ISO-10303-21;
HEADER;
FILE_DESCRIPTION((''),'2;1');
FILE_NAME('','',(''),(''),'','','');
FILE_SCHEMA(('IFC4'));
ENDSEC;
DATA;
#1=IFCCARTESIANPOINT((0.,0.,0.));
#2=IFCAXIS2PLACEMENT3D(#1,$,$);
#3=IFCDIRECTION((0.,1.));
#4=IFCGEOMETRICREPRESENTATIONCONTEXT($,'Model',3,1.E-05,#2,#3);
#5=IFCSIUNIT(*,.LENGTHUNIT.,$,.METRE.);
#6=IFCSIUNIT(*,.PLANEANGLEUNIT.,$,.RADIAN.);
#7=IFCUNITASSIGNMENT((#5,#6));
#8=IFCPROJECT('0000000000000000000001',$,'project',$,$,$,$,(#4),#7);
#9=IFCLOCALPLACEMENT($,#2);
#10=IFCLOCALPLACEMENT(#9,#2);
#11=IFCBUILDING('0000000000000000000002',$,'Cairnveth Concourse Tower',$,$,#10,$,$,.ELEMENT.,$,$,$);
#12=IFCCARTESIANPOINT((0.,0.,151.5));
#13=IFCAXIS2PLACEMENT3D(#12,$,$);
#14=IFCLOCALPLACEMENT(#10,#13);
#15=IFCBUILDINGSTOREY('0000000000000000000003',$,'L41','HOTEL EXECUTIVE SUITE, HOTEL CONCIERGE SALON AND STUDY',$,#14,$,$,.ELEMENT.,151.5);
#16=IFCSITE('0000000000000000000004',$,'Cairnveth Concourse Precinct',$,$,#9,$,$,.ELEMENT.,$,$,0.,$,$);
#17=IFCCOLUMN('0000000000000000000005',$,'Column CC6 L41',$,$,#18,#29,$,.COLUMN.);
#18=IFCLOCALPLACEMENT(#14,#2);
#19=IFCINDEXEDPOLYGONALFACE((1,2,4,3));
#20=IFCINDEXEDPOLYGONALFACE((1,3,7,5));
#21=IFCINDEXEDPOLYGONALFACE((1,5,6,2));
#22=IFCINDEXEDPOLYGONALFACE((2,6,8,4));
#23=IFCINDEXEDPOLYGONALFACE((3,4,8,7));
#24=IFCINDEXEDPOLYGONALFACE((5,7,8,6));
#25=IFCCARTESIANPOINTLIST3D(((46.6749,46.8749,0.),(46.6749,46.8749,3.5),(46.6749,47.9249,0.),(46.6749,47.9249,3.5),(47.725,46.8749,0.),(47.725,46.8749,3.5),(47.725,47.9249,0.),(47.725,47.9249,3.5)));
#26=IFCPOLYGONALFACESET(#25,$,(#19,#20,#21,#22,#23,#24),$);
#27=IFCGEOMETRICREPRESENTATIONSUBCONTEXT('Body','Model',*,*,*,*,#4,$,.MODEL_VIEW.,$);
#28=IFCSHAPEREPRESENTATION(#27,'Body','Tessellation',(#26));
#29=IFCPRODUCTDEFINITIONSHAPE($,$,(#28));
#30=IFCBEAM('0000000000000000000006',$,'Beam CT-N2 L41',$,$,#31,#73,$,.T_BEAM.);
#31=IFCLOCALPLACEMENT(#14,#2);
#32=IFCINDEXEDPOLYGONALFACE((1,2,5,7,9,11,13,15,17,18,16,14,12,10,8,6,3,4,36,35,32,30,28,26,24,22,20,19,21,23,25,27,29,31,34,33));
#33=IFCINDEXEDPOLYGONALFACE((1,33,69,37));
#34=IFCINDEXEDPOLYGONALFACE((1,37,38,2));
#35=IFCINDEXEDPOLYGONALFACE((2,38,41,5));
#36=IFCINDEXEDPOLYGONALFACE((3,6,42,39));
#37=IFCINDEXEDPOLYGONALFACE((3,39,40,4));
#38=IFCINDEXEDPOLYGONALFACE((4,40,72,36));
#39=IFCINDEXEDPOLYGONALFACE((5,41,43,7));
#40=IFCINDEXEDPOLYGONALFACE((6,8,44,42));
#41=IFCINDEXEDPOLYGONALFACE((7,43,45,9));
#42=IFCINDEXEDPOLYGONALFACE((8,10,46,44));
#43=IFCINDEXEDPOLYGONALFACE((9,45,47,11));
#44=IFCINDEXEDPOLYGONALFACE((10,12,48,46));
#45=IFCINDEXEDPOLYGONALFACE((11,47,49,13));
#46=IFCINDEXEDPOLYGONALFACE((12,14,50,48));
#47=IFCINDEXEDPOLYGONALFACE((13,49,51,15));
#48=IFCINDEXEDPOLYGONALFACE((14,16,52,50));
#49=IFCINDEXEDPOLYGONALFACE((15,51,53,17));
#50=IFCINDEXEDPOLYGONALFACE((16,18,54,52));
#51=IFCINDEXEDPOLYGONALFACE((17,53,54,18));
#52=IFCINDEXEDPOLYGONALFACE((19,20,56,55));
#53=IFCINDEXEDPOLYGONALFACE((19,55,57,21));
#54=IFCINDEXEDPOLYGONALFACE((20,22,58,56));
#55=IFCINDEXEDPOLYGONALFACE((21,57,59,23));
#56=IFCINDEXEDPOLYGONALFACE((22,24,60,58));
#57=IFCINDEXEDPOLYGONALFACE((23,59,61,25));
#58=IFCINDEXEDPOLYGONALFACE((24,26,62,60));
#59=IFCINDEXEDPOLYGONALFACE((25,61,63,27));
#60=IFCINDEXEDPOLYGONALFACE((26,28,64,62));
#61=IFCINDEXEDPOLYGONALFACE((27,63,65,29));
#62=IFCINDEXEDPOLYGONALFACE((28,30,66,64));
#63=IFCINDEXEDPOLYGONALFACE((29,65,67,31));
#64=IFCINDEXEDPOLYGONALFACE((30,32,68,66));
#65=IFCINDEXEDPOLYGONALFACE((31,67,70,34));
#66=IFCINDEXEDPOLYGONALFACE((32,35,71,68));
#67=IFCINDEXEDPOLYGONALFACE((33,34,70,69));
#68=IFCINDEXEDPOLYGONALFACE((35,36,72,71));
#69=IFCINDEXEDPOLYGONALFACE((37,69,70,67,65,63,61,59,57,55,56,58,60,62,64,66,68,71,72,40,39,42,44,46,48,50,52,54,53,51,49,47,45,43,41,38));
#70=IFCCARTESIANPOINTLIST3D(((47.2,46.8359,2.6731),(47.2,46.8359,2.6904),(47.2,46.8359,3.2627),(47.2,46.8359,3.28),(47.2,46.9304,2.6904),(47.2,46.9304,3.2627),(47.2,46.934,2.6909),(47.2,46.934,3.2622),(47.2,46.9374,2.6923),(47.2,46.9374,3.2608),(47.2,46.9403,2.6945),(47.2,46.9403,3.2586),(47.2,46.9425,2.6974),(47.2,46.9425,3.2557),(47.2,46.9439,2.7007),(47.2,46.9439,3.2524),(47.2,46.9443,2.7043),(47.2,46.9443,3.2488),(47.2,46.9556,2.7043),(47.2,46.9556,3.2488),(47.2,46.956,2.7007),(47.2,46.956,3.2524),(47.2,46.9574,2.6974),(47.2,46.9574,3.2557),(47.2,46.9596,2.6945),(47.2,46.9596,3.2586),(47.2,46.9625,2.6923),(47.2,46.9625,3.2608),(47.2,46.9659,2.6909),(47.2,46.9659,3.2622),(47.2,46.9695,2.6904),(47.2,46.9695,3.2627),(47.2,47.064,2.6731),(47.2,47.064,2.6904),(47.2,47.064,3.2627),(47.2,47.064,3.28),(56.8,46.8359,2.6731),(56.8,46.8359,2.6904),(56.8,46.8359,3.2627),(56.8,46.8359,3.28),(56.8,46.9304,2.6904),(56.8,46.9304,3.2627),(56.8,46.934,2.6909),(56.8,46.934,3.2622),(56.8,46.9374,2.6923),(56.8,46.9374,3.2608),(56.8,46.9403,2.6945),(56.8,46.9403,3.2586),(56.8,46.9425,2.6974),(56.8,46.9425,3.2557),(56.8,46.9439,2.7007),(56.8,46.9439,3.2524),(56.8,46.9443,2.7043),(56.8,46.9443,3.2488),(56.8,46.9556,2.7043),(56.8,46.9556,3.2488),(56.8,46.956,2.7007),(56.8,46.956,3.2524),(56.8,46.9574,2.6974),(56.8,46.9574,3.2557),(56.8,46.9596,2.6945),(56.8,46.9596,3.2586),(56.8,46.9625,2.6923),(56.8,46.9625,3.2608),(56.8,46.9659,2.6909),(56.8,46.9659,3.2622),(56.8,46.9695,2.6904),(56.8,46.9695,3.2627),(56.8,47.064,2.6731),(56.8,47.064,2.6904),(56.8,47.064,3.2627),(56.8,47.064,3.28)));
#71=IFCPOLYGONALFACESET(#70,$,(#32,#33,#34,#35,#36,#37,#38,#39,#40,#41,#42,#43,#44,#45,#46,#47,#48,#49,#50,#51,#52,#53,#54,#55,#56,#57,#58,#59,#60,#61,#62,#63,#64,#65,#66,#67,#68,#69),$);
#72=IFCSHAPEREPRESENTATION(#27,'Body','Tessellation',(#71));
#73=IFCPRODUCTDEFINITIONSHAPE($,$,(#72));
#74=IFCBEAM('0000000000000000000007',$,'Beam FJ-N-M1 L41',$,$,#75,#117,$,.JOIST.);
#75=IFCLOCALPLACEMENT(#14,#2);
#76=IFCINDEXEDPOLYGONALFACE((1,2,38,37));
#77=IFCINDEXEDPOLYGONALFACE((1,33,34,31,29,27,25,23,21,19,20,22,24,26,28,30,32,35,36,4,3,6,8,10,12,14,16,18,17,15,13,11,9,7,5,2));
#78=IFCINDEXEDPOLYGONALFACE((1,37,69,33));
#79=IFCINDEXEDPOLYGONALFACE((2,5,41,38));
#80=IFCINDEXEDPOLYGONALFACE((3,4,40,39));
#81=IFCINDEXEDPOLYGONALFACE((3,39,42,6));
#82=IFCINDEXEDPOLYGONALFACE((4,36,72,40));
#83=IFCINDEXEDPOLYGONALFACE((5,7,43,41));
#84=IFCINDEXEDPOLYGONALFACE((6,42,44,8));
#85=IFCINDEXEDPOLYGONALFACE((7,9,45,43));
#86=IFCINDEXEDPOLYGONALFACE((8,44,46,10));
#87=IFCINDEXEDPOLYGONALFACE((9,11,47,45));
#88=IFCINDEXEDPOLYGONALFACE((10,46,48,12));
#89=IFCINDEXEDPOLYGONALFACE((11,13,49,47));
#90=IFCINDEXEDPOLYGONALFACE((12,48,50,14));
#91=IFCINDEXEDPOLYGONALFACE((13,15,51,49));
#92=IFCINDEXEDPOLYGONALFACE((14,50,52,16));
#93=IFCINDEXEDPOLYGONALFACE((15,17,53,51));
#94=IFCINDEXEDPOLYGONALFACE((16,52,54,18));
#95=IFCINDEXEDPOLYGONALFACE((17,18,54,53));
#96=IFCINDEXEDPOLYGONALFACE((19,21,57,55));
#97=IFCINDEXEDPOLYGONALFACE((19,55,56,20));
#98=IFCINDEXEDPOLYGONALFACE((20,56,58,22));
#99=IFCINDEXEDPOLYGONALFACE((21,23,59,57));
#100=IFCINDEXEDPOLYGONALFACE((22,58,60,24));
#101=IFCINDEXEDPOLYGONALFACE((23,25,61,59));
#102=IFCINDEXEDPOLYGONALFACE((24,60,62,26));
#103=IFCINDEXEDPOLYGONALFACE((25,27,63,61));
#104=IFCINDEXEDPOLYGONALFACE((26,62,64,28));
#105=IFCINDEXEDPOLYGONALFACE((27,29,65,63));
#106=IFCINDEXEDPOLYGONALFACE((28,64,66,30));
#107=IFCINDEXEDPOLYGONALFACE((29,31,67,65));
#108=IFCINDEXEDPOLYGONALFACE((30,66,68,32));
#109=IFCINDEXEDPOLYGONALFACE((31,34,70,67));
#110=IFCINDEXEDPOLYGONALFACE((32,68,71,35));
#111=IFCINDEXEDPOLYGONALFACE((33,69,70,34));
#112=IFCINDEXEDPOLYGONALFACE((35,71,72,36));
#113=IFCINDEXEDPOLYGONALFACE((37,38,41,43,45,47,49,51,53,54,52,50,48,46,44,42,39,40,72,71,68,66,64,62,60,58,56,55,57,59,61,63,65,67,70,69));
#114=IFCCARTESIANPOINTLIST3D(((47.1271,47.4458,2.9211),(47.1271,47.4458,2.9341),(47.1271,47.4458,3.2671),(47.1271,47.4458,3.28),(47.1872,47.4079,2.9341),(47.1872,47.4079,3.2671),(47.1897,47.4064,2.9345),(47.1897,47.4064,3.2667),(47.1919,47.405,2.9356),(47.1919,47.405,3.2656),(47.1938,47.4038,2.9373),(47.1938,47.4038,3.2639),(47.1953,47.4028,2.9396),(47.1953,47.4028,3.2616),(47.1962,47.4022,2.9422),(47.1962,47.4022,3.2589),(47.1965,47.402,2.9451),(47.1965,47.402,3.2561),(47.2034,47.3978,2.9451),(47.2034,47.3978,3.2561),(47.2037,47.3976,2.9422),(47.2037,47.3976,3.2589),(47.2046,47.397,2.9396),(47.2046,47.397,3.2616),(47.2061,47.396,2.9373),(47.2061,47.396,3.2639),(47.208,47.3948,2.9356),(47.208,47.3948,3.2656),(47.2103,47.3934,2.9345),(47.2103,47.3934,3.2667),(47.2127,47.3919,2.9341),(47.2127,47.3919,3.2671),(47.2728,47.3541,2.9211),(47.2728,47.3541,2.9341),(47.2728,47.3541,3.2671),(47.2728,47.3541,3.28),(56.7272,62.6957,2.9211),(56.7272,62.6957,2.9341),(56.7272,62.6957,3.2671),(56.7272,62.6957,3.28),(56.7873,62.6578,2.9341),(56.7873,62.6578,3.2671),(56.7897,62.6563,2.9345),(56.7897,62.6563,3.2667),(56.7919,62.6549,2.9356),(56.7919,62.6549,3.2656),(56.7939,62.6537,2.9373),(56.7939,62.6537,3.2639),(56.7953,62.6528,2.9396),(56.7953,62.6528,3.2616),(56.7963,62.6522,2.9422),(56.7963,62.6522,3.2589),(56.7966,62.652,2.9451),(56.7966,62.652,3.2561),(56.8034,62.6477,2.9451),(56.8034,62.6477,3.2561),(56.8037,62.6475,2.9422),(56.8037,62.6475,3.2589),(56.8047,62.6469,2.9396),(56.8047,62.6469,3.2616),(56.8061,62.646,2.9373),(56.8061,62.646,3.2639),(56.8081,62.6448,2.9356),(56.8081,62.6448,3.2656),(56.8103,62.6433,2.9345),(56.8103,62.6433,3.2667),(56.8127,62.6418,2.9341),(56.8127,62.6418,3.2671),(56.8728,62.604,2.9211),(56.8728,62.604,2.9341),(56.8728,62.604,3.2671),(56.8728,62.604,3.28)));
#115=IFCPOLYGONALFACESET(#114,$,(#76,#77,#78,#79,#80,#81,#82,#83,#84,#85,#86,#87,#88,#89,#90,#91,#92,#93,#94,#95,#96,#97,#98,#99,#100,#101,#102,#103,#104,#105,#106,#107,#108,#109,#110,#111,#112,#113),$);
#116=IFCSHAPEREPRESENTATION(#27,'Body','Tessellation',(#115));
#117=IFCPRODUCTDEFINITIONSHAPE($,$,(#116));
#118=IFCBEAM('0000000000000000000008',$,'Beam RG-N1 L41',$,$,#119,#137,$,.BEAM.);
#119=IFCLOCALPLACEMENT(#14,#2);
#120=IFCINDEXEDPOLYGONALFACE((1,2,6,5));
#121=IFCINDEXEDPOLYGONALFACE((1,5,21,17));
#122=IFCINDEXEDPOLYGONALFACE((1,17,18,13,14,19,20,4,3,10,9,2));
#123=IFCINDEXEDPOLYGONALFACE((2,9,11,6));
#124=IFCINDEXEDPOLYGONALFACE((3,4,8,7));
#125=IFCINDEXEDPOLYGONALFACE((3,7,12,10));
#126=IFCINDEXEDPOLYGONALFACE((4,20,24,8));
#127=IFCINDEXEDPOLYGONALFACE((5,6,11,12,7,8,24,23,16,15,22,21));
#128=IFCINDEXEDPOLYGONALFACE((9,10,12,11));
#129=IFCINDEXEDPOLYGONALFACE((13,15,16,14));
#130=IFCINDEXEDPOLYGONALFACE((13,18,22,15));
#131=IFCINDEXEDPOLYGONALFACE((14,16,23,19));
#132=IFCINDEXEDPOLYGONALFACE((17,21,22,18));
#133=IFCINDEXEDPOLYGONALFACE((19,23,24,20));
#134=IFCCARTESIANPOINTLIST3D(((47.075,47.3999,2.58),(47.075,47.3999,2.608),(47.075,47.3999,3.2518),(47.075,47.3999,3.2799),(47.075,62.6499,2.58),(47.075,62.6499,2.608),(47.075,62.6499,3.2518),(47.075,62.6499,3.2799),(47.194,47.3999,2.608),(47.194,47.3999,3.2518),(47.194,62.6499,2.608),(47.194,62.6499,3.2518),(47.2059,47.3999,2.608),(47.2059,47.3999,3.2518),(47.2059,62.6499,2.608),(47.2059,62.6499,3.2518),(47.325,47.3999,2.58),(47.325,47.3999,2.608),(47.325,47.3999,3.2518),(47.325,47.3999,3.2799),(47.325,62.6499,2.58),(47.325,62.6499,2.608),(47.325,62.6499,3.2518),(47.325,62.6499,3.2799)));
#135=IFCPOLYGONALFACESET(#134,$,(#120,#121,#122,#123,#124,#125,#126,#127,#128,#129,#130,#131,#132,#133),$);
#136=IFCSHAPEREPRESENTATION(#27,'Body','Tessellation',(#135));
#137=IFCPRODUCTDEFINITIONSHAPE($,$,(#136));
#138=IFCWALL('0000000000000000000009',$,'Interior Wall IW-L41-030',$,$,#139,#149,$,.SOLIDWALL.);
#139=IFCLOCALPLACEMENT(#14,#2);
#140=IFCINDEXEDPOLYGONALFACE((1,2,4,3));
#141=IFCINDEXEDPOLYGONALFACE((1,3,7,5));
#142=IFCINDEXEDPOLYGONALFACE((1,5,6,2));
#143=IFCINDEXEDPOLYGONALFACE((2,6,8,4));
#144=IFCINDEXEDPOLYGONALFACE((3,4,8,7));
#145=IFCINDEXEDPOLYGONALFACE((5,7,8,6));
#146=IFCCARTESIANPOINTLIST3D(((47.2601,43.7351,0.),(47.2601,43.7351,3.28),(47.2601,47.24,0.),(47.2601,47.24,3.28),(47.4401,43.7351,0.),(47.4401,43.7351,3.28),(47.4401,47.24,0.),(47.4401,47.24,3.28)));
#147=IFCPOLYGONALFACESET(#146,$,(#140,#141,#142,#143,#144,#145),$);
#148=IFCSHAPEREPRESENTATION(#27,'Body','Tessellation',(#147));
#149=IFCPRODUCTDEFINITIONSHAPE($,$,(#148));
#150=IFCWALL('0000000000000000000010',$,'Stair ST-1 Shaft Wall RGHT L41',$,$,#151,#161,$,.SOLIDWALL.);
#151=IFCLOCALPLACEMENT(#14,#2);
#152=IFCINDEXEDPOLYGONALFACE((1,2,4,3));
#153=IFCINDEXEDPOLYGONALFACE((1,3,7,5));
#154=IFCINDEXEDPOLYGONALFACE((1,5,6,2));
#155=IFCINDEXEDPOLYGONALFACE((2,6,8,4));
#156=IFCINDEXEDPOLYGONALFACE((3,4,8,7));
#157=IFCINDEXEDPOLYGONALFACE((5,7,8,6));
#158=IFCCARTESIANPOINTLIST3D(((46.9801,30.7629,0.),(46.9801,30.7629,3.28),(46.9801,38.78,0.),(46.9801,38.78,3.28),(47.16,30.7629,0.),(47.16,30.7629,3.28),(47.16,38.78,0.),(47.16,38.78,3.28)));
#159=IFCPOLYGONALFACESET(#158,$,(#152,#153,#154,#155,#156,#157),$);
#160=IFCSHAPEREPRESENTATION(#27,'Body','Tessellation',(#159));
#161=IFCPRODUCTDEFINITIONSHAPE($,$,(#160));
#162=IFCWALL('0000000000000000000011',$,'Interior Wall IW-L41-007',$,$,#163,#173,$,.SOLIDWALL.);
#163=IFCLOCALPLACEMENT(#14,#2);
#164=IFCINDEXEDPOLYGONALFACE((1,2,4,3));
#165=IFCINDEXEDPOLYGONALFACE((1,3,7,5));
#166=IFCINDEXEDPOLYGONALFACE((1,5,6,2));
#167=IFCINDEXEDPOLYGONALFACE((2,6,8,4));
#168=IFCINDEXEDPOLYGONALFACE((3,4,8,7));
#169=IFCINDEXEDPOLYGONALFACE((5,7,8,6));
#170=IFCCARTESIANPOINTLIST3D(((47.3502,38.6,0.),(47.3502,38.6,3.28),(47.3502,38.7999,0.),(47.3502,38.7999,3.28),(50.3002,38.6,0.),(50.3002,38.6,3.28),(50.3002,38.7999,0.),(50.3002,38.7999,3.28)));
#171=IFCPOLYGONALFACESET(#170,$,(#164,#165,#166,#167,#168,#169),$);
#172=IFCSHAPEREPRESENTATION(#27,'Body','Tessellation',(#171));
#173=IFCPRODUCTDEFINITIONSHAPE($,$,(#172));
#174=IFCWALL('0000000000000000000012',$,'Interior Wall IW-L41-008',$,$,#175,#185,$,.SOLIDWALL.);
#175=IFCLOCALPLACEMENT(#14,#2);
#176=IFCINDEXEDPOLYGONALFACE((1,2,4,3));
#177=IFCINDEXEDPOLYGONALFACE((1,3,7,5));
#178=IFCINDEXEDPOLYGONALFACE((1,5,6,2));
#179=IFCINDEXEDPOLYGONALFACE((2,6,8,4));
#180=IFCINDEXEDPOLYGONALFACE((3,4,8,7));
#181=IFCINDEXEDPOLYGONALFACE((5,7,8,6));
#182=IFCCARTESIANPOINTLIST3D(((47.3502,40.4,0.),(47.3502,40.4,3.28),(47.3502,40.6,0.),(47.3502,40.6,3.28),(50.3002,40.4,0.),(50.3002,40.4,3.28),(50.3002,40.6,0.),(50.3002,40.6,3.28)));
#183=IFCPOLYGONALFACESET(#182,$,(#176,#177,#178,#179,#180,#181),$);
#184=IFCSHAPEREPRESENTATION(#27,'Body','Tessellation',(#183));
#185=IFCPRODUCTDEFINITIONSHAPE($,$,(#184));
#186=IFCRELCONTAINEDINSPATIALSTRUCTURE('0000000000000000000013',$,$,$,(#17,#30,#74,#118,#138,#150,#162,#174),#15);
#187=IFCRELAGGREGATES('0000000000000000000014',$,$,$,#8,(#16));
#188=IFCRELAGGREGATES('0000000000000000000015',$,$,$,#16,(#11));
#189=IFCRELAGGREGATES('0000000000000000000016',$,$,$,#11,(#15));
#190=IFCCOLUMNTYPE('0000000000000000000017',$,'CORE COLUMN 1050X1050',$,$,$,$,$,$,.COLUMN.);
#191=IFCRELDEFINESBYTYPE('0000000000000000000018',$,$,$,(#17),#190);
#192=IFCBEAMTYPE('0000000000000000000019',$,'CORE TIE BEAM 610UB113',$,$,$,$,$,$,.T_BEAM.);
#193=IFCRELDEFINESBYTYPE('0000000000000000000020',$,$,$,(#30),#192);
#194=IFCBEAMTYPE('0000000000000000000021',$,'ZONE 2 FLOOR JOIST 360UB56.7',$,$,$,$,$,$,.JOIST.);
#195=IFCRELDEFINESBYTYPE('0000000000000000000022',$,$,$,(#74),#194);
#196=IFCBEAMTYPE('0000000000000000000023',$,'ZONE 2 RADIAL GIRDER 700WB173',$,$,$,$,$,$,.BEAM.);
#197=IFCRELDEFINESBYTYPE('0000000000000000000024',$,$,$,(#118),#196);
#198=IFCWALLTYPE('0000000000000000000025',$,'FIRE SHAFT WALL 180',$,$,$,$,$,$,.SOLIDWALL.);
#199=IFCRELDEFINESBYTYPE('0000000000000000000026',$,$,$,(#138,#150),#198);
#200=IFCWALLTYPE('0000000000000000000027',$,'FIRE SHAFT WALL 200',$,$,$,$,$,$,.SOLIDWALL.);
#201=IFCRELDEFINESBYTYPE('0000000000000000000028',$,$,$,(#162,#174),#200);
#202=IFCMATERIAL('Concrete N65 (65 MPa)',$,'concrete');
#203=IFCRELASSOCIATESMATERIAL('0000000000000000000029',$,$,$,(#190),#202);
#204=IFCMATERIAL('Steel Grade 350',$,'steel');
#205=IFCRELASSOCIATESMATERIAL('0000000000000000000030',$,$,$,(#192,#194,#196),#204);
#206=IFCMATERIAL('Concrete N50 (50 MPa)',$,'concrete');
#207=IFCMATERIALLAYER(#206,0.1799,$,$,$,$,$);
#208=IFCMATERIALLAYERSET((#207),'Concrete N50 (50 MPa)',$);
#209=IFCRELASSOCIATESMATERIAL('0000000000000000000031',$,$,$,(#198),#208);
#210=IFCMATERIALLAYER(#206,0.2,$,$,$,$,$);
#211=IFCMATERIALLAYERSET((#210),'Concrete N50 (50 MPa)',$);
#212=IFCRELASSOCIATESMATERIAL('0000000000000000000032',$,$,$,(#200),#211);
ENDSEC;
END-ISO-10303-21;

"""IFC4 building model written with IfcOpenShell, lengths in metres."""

from ifc_helpers import new_model, si_unit, direction, frame, frame_2d, origin, origin_2d, place, context, subcontext, project, spatial, rectangle, i_section, extrude, material, layer, layer_set, material_profile, profile_set, type_object, element, save


model = new_model("IFC4")

# Units and contexts
model_context = context("Model", 3, precision=1e-05, world=origin(), true_north=direction((0.0, 1.0)))
body_context = subcontext(model_context, "Body", "Model", "MODEL_VIEW")
ifc_project = project(units=[si_unit("LENGTHUNIT", "METRE"), si_unit("PLANEANGLEUNIT", "RADIAN")], contexts=[model_context])

# Site, building, storey
site_placement = place(None, origin())
site = spatial("IfcSite", under=ifc_project, at=site_placement, Name="Cairnveth Concourse Precinct", CompositionType="ELEMENT", RefElevation=0.0)
building_placement = place(site_placement, origin())
building = spatial("IfcBuilding", under=site, at=building_placement, Name="Cairnveth Concourse Tower", CompositionType="ELEMENT")
storey_placement = place(building_placement, frame((0.0, 0.0, 151.5)))
storey = spatial("IfcBuildingStorey", under=building, at=storey_placement, Name="L41", Description="HOTEL EXECUTIVE SUITE, HOTEL CONCIERGE SALON AND STUDY", CompositionType="ELEMENT", Elevation=151.5)

# Column
ifc_material_1 = material(Name="Concrete N65 (65 MPa)", Category="concrete")
ifc_material_profile_1 = material_profile(ifc_material_1, rectangle(XDim=1.05, YDim=1.05, at=origin_2d()), Name="RC-COL-1050x1050")
ifc_profile_set_1 = profile_set([ifc_material_profile_1], Name="Concrete N65 (65 MPa)")
column_type = type_object("IfcColumnType", Name="CORE COLUMN 1050X1050", PredefinedType="COLUMN", material=ifc_profile_set_1)
column_placement = place(storey_placement, frame((47.2, 47.3999, 0.0), z_axis=(0.0, 0.0, 1.0), x_axis=(1.0, 0.0, 0.0)))
element("IfcColumn", 1, at=column_placement, inside=storey, type_object=column_type, Name="Column CC6 L41", PredefinedType="COLUMN", context=body_context, shape_type="SweptSolid", body=[
    extrude(rectangle(XDim=1.05, YDim=1.05, at=origin_2d()), origin(), (0.0, 0.0, 1.0), 3.5),
])

# Beams
ifc_material_2 = material(Name="Steel Grade 350", Category="steel")
ifc_material_profile_2 = material_profile(ifc_material_2, i_section(OverallWidth=0.228, OverallDepth=0.6069, WebThickness=0.0112, FlangeThickness=0.0173, FilletRadius=0.0139, at=origin_2d()), Name="610UB113")
ifc_profile_set_2 = profile_set([ifc_material_profile_2], Name="Steel Grade 350")
beam_type_1 = type_object("IfcBeamType", Name="CORE TIE BEAM 610UB113", PredefinedType="T_BEAM", material=ifc_profile_set_2)
beam_1_placement = place(storey_placement, frame((47.2, 46.95, 2.9766), z_axis=(1.0, 0.0, 0.0), x_axis=(0.0, 1.0, 0.0)))
element("IfcBeam", 2, at=beam_1_placement, inside=storey, type_object=beam_type_1, Name="Beam CT-N2 L41", PredefinedType="T_BEAM", context=body_context, shape_type="SweptSolid", body=[
    extrude(i_section(OverallWidth=0.228, OverallDepth=0.6069, WebThickness=0.0112, FlangeThickness=0.0173, FilletRadius=0.0139, at=origin_2d()), origin(), (0.0, 0.0, 1.0), 9.6001),
])
ifc_material_profile_3 = material_profile(ifc_material_2, i_section(OverallWidth=0.1721, OverallDepth=0.3589, WebThickness=0.0081, FlangeThickness=0.0129, FilletRadius=0.011, at=origin_2d()), Name="360UB56.7")
ifc_profile_set_3 = profile_set([ifc_material_profile_3], Name="Steel Grade 350")
beam_type_2 = type_object("IfcBeamType", Name="ZONE 2 FLOOR JOIST 360UB56.7", PredefinedType="JOIST", material=ifc_profile_set_3)
beam_2_placement = place(storey_placement, frame((47.2, 47.3999, 3.1006), z_axis=(0.532744, 0.846277, 0.0), x_axis=(-0.846277, 0.532744, 0.0)))
element("IfcBeam", 3, at=beam_2_placement, inside=storey, type_object=beam_type_2, Name="Beam FJ-N-M1 L41", PredefinedType="JOIST", context=body_context, shape_type="SweptSolid", body=[
    extrude(i_section(OverallWidth=0.1721, OverallDepth=0.3589, WebThickness=0.0081, FlangeThickness=0.0129, FilletRadius=0.011, at=origin_2d()), origin(), (0.0, 0.0, 1.0), 18.02),
])
ifc_material_profile_4 = material_profile(ifc_material_2, i_section(OverallWidth=0.25, OverallDepth=0.7, WebThickness=0.012, FlangeThickness=0.0281, at=origin_2d()), Name="700WB173")
ifc_profile_set_4 = profile_set([ifc_material_profile_4], Name="Steel Grade 350")
beam_type_3 = type_object("IfcBeamType", Name="ZONE 2 RADIAL GIRDER 700WB173", PredefinedType="BEAM", material=ifc_profile_set_4)
beam_3_placement = place(storey_placement, frame((47.2, 47.3999, 2.9299), z_axis=(0.0, 1.0, 0.0), x_axis=(-1.0, 0.0, 0.0)))
element("IfcBeam", 4, at=beam_3_placement, inside=storey, type_object=beam_type_3, Name="Beam RG-N1 L41", PredefinedType="BEAM", context=body_context, shape_type="SweptSolid", body=[
    extrude(i_section(OverallWidth=0.25, OverallDepth=0.7, WebThickness=0.012, FlangeThickness=0.0281, at=origin_2d()), origin(), (0.0, 0.0, 1.0), 15.25),
])

# Walls
ifc_material_3 = material(Name="Concrete N50 (50 MPa)", Category="concrete")
ifc_layer_1 = layer(ifc_material_3, 0.1799)
ifc_layer_set_1 = layer_set([ifc_layer_1], Name="Concrete N50 (50 MPa)")
wall_type_1 = type_object("IfcWallType", Name="FIRE SHAFT WALL 180", PredefinedType="SOLIDWALL", material=ifc_layer_set_1)
wall_1_placement = place(storey_placement, frame((47.3501, 43.7351, 0.0), z_axis=(0.0, 0.0, 1.0), x_axis=(0.0, 1.0, 0.0)))
element("IfcWall", 5, at=wall_1_placement, inside=storey, type_object=wall_type_1, Name="Interior Wall IW-L41-030", PredefinedType="SOLIDWALL", context=body_context, shape_type="SweptSolid", body=[
    extrude(rectangle(XDim=3.5049, YDim=0.1799, at=frame_2d((1.7524, 0.0))), origin(), (0.0, 0.0, 1.0), 3.28),
])
wall_2_placement = place(storey_placement, frame((47.0701, 38.78, 0.0), z_axis=(0.0, 0.0, 1.0), x_axis=(0.0, -1.0, 0.0)))
element("IfcWall", 6, at=wall_2_placement, inside=storey, type_object=wall_type_1, Name="Stair ST-1 Shaft Wall RGHT L41", PredefinedType="SOLIDWALL", context=body_context, shape_type="SweptSolid", body=[
    extrude(rectangle(XDim=8.0171, YDim=0.1799, at=frame_2d((4.0085, 0.0))), origin(), (0.0, 0.0, 1.0), 3.28),
])
ifc_layer_2 = layer(ifc_material_3, 0.2)
ifc_layer_set_2 = layer_set([ifc_layer_2], Name="Concrete N50 (50 MPa)")
wall_type_2 = type_object("IfcWallType", Name="FIRE SHAFT WALL 200", PredefinedType="SOLIDWALL", material=ifc_layer_set_2)
for number, where, z_axis, x_axis, name in (
    (7, (47.3501, 38.7, 0.0), (0.0, 0.0, 1.0), (1.0, 0.0, 0.0), "Interior Wall IW-L41-007"),
    (8, (47.3501, 40.5, 0.0), (0.0, 0.0, 1.0), (1.0, 0.0, 0.0), "Interior Wall IW-L41-008"),
):
    element("IfcWall", number, at=place(storey_placement, frame(where, z_axis=z_axis, x_axis=x_axis)), inside=storey, type_object=wall_type_2, Name=name, PredefinedType="SOLIDWALL", context=body_context, shape_type="SweptSolid", body=[
        extrude(rectangle(XDim=2.95, YDim=0.2, at=frame_2d((1.4751, 0.0))), origin(), (0.0, 0.0, 1.0), 3.28),
    ])

save(model, "model.ifc")
